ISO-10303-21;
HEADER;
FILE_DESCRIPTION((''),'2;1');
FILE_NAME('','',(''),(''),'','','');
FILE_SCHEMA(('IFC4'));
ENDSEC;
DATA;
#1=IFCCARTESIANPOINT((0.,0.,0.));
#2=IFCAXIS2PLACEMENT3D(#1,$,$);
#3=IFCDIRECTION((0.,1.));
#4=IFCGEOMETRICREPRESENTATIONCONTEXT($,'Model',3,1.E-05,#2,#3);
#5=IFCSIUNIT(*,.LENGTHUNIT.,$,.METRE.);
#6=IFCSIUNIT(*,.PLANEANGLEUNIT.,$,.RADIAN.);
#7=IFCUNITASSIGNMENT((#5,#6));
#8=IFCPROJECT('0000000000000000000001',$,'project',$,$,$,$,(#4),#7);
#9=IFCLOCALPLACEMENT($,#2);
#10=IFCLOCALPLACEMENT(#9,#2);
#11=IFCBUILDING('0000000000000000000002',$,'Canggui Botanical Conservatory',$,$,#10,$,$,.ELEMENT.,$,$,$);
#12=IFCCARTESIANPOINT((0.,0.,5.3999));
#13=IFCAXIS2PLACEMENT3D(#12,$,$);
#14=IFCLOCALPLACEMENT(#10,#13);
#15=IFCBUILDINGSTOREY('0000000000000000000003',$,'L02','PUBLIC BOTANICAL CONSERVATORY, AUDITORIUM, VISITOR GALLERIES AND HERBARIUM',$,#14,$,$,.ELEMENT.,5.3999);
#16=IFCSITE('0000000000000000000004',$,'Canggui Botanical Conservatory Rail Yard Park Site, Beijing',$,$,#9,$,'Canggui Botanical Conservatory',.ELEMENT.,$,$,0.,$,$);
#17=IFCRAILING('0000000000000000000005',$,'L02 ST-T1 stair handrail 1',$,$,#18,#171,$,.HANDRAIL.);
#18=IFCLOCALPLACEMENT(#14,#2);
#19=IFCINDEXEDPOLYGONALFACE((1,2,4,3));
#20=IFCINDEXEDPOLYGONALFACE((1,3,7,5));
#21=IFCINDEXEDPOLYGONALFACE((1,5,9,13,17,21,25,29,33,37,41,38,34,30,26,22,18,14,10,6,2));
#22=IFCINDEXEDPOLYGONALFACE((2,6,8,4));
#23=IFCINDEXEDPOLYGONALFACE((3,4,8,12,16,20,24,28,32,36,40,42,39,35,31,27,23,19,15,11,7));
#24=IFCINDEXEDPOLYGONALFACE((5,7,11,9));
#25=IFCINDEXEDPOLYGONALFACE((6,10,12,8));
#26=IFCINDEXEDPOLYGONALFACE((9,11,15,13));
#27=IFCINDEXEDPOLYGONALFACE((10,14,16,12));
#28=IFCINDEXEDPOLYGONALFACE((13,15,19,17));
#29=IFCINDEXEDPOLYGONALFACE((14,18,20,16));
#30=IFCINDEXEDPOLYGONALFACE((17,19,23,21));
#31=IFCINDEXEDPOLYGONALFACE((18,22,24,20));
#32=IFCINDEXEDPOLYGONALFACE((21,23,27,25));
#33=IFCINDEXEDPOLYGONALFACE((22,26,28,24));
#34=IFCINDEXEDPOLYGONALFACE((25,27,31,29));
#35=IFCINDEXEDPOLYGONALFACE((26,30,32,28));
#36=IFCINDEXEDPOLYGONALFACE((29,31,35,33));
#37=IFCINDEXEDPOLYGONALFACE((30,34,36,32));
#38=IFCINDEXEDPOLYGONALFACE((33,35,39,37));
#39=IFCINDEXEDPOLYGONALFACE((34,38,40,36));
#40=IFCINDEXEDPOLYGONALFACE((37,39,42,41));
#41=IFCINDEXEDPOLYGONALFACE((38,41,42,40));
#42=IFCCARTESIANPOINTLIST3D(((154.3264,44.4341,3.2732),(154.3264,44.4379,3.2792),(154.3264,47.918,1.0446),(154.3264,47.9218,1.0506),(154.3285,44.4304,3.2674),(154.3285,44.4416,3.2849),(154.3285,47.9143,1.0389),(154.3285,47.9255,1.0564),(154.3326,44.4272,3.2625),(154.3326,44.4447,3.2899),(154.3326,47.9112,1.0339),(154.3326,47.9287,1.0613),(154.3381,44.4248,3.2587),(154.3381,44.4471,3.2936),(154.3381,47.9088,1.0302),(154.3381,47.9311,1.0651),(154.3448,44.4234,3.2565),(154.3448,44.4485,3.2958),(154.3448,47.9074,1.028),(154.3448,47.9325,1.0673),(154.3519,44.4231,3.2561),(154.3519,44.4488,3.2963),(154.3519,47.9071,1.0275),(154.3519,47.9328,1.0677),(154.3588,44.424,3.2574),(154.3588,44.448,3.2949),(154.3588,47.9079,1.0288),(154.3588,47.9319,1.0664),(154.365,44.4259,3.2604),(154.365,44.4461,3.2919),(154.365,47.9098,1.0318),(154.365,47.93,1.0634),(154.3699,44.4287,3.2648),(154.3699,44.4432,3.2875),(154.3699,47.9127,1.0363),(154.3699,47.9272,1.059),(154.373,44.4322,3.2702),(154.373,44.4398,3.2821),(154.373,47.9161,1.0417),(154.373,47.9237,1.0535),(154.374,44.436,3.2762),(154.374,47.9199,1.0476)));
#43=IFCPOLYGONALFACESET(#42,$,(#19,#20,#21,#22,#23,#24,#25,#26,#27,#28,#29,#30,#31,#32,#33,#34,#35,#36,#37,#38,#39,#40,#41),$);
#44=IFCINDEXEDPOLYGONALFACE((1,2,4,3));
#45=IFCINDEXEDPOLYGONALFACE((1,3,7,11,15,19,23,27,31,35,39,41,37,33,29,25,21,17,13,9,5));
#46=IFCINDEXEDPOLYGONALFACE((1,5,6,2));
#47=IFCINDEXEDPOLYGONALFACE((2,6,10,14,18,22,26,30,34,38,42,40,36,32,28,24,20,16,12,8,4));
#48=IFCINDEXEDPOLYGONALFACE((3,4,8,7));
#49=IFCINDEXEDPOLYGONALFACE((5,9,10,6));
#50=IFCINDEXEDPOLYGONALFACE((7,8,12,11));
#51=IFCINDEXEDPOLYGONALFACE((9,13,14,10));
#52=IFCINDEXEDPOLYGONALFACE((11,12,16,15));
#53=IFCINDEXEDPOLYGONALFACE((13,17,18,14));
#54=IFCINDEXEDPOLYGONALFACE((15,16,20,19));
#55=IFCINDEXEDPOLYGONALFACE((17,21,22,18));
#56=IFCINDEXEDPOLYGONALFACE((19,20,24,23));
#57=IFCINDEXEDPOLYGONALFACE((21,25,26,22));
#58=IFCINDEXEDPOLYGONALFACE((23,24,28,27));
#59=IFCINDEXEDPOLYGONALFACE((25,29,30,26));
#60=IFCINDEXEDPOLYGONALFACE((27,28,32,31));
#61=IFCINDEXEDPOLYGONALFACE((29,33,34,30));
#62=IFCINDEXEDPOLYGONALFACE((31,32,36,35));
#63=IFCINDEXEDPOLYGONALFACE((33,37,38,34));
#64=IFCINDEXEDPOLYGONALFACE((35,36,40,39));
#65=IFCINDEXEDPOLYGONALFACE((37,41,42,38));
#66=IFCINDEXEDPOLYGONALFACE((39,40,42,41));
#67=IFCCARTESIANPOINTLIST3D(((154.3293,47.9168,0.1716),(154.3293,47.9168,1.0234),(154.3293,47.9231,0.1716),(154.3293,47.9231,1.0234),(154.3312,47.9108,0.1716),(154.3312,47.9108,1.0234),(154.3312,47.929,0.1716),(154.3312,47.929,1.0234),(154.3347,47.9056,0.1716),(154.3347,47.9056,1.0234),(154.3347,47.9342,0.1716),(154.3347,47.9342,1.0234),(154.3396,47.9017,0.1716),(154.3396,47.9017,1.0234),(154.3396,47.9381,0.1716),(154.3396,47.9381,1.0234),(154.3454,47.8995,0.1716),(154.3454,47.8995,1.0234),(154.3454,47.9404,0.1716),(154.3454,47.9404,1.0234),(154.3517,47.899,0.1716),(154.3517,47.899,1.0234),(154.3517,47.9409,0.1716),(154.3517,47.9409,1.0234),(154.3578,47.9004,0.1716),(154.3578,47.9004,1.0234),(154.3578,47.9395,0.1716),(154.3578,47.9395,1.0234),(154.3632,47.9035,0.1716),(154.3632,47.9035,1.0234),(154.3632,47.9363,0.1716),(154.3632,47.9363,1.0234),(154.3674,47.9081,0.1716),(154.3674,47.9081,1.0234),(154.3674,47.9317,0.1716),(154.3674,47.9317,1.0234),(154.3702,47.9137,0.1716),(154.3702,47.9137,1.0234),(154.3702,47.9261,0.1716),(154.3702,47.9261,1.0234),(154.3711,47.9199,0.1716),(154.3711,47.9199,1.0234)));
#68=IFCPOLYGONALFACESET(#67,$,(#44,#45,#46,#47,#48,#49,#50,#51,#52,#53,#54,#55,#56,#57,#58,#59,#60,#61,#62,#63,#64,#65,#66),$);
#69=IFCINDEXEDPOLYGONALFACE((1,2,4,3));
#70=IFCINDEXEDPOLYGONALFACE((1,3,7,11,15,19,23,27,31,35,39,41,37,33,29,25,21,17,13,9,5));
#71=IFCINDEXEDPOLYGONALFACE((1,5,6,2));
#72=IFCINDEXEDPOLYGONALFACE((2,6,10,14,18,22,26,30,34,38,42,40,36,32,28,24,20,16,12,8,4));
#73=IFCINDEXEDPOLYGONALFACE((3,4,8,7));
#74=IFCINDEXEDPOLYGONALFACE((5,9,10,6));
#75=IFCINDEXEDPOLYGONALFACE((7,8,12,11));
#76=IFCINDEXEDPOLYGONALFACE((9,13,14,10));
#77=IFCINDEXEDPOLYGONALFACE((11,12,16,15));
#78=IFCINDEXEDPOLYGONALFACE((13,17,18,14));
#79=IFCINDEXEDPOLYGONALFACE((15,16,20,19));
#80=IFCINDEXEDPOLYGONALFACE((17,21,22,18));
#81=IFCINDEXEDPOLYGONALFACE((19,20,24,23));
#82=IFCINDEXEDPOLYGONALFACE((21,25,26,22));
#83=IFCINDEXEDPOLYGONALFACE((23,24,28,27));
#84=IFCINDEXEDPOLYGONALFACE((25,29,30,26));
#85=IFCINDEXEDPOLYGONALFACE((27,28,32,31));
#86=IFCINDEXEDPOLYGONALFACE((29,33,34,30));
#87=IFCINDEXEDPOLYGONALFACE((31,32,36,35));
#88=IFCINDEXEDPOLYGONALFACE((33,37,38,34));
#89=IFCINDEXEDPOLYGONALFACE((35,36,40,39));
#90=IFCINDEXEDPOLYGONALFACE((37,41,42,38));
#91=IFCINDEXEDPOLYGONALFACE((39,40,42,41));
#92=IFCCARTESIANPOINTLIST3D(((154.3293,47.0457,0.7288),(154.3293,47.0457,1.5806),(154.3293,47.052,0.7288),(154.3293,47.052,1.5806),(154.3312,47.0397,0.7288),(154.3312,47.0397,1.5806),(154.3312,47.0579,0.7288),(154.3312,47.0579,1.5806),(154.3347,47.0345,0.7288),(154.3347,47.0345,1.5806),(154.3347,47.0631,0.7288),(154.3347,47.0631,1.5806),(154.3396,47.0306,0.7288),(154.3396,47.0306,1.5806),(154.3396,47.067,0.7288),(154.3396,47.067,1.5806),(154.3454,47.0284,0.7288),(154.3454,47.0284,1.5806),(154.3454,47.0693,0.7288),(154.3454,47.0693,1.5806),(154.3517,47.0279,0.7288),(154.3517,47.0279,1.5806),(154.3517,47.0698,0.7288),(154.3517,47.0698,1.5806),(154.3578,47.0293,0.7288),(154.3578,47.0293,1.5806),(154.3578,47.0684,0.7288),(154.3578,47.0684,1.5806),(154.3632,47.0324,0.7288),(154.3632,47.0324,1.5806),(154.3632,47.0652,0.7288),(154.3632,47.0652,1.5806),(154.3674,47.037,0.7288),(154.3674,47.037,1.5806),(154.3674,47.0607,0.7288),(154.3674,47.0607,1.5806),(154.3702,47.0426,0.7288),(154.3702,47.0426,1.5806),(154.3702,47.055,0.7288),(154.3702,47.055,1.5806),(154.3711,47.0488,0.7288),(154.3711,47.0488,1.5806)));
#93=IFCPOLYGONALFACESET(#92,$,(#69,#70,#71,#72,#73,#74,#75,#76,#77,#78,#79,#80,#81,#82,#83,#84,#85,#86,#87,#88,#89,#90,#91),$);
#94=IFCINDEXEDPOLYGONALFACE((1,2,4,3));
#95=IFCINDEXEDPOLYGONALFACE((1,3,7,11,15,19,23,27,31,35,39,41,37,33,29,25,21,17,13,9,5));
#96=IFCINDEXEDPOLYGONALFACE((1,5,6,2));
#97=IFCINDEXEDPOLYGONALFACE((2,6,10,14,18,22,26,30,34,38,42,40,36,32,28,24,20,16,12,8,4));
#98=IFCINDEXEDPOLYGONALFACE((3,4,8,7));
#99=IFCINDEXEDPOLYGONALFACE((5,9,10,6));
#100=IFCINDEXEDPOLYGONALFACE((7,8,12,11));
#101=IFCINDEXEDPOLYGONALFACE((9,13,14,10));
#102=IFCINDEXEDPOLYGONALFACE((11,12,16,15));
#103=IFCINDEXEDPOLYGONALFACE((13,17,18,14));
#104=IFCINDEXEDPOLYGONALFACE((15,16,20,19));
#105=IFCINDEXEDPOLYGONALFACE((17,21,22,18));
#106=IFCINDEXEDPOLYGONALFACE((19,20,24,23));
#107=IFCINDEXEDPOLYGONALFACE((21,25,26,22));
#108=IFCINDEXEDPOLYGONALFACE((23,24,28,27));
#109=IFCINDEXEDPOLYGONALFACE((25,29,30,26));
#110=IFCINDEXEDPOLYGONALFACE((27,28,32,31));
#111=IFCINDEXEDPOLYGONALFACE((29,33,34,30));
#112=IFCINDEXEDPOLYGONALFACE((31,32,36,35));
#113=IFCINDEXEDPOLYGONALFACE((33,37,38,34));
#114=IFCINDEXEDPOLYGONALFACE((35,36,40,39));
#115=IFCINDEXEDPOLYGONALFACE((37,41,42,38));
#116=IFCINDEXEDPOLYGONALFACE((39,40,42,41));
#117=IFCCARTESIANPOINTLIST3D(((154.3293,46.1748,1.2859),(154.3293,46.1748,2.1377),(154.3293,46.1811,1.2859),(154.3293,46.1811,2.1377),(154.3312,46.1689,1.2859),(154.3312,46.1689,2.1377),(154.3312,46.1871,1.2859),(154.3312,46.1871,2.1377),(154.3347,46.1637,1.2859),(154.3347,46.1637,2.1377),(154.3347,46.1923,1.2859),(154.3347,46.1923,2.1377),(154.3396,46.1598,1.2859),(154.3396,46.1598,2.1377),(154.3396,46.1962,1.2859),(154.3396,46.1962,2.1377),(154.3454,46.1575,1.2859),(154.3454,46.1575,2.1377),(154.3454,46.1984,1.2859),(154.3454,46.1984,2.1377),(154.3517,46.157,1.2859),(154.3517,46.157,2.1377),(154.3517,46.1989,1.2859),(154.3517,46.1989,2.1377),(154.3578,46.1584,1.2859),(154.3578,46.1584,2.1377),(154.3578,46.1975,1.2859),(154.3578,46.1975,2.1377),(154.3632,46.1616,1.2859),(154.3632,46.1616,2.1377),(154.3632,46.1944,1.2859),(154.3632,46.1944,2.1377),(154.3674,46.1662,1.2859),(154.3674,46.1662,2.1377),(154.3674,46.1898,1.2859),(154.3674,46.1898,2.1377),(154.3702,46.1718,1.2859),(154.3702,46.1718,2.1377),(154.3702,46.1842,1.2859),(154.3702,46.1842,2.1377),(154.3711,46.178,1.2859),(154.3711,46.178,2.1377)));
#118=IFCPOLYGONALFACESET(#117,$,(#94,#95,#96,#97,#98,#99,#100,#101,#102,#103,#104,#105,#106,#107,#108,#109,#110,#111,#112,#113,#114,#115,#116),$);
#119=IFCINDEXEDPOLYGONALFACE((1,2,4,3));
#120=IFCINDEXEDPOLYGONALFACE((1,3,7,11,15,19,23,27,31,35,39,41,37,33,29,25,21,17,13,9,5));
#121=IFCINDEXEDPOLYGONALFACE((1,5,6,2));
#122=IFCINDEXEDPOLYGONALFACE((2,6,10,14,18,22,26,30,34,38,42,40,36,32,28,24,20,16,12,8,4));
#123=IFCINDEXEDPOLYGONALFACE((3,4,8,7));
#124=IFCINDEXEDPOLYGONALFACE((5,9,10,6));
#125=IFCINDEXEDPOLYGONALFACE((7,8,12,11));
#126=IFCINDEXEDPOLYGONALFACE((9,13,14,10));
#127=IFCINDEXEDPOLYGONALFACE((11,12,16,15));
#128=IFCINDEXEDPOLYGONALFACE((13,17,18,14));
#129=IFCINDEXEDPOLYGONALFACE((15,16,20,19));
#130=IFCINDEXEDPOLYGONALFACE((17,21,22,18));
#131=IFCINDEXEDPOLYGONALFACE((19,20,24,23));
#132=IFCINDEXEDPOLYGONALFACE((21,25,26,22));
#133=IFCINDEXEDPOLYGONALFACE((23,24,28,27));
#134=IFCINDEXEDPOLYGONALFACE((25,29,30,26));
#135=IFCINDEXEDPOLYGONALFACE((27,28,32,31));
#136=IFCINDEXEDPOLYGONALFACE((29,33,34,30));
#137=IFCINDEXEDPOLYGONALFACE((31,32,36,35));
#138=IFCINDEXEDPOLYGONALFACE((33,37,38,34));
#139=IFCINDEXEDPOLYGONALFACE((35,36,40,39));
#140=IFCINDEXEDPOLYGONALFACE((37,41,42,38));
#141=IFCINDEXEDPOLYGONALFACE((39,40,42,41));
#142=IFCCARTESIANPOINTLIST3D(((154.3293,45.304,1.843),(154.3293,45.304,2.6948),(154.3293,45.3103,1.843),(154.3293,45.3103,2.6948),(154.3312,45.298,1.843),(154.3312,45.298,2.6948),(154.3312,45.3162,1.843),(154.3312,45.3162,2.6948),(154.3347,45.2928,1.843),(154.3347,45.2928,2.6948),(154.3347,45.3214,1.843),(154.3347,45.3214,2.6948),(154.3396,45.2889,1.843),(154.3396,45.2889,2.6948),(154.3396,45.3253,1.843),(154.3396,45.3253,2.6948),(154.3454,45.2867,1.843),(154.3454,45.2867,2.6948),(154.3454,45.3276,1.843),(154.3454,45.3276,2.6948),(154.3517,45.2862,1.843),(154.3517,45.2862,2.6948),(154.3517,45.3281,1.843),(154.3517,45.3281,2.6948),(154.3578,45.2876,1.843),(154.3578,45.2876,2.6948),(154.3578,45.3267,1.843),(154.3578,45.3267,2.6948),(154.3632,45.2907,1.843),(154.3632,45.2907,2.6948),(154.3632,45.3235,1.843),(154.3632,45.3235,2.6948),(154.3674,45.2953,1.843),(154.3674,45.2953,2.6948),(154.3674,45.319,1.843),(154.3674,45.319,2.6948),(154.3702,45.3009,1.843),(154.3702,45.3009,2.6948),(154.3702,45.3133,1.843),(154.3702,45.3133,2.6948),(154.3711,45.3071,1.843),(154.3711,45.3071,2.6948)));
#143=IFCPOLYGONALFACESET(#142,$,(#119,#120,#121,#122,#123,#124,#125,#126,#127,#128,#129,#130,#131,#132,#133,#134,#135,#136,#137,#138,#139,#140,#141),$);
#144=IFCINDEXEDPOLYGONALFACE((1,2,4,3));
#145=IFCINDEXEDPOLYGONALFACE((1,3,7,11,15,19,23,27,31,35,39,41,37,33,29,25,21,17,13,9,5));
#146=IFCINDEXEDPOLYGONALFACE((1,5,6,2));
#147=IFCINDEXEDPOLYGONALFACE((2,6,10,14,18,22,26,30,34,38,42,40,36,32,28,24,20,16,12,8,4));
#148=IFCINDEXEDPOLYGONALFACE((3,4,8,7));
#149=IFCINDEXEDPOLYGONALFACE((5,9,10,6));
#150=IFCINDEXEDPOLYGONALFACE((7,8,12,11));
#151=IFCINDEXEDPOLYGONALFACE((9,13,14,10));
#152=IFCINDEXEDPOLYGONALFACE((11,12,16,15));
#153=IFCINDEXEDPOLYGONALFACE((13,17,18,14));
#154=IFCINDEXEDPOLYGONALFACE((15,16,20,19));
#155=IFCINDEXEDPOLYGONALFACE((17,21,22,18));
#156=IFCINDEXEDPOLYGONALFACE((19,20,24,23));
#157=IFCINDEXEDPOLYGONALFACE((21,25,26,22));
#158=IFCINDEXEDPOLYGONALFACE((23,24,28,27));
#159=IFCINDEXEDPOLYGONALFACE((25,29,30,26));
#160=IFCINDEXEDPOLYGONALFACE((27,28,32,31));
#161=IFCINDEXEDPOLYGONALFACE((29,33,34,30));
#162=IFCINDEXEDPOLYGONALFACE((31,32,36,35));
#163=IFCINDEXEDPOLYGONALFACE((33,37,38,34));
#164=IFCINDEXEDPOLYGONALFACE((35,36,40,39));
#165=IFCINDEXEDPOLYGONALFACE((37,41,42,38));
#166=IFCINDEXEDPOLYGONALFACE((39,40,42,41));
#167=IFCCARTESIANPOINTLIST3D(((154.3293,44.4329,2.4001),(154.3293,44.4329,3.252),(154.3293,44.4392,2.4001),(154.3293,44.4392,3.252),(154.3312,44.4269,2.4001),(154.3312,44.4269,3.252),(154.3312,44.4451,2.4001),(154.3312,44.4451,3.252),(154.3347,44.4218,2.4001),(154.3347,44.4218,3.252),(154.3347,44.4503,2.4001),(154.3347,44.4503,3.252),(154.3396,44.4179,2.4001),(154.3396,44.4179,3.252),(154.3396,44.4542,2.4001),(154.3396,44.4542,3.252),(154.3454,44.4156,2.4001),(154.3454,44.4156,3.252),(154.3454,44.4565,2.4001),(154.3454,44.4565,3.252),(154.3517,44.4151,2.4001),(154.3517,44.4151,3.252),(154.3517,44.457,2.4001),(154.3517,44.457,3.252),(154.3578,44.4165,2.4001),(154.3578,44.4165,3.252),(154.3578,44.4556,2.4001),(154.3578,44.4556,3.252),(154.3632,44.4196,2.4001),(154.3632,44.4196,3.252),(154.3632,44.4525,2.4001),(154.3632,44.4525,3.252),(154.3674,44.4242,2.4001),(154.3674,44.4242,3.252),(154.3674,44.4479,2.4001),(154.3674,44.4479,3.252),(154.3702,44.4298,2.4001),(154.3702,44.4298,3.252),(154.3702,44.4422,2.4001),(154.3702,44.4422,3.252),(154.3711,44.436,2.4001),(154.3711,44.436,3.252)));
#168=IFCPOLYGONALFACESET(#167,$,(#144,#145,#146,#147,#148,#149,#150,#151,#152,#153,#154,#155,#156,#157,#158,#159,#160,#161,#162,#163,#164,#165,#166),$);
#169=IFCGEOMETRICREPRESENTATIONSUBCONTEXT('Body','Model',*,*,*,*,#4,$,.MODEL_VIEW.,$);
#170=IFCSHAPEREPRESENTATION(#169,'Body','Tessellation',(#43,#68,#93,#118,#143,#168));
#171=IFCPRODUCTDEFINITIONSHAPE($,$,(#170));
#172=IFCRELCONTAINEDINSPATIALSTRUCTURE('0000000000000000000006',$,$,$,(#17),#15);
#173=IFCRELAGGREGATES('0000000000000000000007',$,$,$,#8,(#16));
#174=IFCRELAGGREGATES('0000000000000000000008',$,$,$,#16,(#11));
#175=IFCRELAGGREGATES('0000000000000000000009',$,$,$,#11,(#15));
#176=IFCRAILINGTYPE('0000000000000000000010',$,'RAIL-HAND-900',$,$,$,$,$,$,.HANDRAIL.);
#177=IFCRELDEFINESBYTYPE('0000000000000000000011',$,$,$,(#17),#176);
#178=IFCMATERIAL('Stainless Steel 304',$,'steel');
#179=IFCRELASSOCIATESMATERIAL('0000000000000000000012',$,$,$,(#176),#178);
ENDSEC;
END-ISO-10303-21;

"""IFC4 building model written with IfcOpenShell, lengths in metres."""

from ifc_helpers import new_model, si_unit, direction, frame, origin, origin_2d, place, context, subcontext, project, spatial, circle, extrude, material, type_object, element, save


model = new_model("IFC4")

# Units and contexts
model_context = context("Model", 3, precision=1e-05, world=origin(), true_north=direction((0.0, 1.0)))
body_context = subcontext(model_context, "Body", "Model", "MODEL_VIEW")
ifc_project = project(units=[si_unit("LENGTHUNIT", "METRE"), si_unit("PLANEANGLEUNIT", "RADIAN")], contexts=[model_context])

# Site, building, storey
site_placement = place(None, origin())
site = spatial("IfcSite", under=ifc_project, at=site_placement, Name="Canggui Botanical Conservatory Rail Yard Park Site, Beijing", LongName="Canggui Botanical Conservatory", CompositionType="ELEMENT", RefElevation=0.0)
building_placement = place(site_placement, origin())
building = spatial("IfcBuilding", under=site, at=building_placement, Name="Canggui Botanical Conservatory", CompositionType="ELEMENT")
storey_placement = place(building_placement, frame((0.0, 0.0, 5.3999)))
storey = spatial("IfcBuildingStorey", under=building, at=storey_placement, Name="L02", Description="PUBLIC BOTANICAL CONSERVATORY, AUDITORIUM, VISITOR GALLERIES AND HERBARIUM", CompositionType="ELEMENT", Elevation=5.3999)

# Railing
ifc_material_1 = material(Name="Stainless Steel 304", Category="steel")
railing_type_1 = type_object("IfcRailingType", Name="RAIL-HAND-900", PredefinedType="HANDRAIL", material=ifc_material_1)
railing_1_placement = place(storey_placement, frame((154.3501, 47.9199, 0.1716)))
element("IfcRailing", 1, at=railing_1_placement, inside=storey, type_object=railing_type_1, Name="L02 ST-T1 stair handrail 1", PredefinedType="HANDRAIL", context=body_context, shape_type="SweptSolid", body=[
    extrude(circle(Radius=0.0239, at=origin_2d()), frame((0.0, 0.0, 0.876), z_axis=(0.0, -0.8424, 0.538853), x_axis=(1.0, 0.0, 0.0)), (0.0, 0.0, 1.0), 4.1357),
    extrude(circle(Radius=0.021, at=origin_2d()), origin(), (0.0, 0.0, 1.0), 0.8518),
    extrude(circle(Radius=0.021, at=origin_2d()), frame((0.0, -0.8711, 0.5571)), (0.0, 0.0, 1.0), 0.8518),
    extrude(circle(Radius=0.021, at=origin_2d()), frame((0.0, -1.7419, 1.1143)), (0.0, 0.0, 1.0), 0.8518),
    extrude(circle(Radius=0.021, at=origin_2d()), frame((0.0, -2.6128, 1.6714)), (0.0, 0.0, 1.0), 0.8518),
    extrude(circle(Radius=0.021, at=origin_2d()), frame((0.0, -3.4839, 2.2285)), (0.0, 0.0, 1.0), 0.8518),
])

save(model, "model.ifc")
